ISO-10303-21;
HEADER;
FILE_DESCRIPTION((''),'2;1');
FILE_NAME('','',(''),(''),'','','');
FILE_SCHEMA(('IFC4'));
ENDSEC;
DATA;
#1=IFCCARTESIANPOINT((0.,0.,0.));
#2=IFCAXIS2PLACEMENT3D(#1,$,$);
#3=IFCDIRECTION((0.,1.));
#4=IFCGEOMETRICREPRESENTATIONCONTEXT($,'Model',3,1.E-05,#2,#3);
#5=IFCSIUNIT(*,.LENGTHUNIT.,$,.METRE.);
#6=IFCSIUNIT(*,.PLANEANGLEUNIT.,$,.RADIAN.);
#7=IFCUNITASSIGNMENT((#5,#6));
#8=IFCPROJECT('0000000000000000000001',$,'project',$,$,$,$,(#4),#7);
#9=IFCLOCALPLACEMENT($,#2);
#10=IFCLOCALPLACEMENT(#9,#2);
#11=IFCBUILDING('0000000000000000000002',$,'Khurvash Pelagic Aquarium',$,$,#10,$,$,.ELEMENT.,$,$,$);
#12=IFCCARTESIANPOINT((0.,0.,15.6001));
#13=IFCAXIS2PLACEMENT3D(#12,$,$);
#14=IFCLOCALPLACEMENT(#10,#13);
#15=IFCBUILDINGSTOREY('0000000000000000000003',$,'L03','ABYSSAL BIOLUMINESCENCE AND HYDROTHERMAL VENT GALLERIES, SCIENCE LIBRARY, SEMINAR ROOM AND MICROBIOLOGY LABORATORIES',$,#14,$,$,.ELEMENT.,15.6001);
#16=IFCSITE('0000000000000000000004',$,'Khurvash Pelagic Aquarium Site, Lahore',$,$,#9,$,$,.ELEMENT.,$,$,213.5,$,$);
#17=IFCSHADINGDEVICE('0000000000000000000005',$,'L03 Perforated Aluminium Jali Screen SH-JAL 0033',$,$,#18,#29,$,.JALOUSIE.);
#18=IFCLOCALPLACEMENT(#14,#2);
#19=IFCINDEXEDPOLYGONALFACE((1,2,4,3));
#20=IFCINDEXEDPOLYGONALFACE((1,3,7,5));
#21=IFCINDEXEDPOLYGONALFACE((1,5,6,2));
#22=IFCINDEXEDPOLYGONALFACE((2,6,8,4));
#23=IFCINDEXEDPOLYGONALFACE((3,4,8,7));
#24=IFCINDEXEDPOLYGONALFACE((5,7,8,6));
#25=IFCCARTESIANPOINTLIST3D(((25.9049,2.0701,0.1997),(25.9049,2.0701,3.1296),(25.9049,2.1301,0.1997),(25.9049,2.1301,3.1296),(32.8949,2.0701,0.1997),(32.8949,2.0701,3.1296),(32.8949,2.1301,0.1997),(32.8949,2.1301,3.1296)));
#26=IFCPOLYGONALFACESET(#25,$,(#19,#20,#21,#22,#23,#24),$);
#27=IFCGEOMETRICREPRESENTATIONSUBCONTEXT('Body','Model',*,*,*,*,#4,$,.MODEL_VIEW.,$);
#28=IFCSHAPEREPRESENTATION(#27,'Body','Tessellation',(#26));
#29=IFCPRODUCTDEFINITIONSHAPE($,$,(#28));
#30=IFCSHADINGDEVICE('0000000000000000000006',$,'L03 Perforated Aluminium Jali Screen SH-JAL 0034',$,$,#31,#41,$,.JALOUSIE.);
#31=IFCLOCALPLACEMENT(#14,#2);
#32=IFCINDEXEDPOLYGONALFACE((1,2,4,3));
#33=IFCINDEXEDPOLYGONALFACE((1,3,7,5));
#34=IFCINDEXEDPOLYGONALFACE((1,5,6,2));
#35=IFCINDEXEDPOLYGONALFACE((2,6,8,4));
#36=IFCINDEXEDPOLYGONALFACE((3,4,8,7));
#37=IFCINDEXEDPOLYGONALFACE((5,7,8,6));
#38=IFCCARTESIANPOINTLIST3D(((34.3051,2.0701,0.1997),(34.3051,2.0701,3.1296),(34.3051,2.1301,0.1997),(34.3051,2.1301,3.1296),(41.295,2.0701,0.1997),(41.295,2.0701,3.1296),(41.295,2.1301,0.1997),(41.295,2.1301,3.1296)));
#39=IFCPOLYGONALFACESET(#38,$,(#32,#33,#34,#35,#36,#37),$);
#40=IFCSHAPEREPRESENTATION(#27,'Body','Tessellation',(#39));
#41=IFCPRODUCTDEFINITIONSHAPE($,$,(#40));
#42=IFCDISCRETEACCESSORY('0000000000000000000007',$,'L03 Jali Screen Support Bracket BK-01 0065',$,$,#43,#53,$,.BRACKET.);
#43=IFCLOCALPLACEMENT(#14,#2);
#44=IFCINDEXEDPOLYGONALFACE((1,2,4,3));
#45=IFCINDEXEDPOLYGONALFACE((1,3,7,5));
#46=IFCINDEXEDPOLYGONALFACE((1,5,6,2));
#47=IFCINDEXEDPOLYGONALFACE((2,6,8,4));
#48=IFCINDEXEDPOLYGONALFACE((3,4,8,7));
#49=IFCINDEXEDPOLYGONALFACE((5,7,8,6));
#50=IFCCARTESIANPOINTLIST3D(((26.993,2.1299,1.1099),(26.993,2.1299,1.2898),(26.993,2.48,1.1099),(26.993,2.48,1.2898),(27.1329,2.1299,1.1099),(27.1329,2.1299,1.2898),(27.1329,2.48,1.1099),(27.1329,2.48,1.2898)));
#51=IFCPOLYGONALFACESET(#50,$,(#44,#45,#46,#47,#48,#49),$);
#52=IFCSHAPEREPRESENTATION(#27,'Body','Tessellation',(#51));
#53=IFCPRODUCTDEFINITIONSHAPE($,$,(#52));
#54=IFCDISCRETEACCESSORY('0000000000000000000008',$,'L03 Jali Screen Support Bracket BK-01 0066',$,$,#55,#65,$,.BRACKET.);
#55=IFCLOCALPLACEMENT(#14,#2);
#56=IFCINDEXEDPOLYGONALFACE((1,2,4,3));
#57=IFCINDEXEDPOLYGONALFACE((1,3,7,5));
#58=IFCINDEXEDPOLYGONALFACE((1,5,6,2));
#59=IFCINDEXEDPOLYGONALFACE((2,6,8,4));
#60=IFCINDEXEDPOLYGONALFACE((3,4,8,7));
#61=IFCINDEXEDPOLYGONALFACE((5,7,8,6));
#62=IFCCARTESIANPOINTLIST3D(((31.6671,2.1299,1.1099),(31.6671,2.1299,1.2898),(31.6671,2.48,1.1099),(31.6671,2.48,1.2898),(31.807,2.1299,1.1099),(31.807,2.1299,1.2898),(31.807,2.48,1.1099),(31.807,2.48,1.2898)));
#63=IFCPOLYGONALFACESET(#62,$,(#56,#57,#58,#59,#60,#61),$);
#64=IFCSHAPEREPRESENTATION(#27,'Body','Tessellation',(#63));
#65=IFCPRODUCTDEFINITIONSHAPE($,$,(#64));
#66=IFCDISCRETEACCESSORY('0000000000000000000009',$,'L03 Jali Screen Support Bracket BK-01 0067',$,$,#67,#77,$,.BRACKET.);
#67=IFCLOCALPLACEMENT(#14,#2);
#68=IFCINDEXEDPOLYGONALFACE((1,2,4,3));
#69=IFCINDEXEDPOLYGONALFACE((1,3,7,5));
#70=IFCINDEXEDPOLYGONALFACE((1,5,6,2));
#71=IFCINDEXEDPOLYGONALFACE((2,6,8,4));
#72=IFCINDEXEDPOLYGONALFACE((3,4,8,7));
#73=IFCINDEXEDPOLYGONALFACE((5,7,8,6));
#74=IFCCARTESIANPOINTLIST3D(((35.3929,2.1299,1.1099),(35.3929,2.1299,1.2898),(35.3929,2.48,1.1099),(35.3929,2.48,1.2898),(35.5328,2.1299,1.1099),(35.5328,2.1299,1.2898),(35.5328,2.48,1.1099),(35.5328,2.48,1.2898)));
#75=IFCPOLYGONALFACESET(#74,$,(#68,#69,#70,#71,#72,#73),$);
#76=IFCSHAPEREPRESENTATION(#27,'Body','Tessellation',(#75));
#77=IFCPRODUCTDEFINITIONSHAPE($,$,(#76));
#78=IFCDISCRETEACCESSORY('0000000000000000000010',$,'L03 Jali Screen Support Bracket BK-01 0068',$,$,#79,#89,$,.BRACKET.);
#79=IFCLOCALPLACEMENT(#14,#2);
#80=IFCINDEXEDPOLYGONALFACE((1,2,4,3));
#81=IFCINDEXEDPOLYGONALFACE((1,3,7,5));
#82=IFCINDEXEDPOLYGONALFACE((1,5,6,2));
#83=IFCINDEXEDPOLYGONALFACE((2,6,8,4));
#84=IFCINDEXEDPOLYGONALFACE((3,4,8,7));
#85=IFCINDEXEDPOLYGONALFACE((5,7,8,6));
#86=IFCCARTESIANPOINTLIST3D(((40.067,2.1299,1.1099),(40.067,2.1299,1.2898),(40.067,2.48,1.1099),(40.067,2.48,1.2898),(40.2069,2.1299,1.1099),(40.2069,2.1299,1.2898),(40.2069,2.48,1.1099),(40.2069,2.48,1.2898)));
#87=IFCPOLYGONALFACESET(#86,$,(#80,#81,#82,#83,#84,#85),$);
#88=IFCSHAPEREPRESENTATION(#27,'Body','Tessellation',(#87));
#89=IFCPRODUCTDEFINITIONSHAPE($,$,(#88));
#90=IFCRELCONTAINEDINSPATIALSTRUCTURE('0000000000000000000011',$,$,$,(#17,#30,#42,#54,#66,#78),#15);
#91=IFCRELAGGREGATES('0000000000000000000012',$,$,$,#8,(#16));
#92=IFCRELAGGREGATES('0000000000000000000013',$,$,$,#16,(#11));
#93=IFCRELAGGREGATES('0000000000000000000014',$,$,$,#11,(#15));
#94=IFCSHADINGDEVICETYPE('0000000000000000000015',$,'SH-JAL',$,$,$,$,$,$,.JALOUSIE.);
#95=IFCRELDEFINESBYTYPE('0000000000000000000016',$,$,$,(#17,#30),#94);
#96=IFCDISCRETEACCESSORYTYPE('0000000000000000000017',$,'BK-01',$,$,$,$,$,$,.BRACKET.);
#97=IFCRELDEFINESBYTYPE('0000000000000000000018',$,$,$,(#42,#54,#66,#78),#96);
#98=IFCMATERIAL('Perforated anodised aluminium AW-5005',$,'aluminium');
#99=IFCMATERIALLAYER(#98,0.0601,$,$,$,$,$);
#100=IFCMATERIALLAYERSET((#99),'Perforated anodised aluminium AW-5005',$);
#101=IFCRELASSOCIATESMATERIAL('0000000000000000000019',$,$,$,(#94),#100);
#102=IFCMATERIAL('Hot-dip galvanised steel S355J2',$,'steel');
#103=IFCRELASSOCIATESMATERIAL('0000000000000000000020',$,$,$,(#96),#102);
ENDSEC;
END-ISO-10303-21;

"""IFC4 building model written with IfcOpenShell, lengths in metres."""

from ifc_helpers import new_model, si_unit, direction, frame, origin, origin_2d, place, context, subcontext, project, spatial, rectangle, extrude, material, layer, layer_set, type_object, element, save


model = new_model("IFC4")

# Units and contexts
model_context = context("Model", 3, precision=1e-05, world=origin(), true_north=direction((0.0, 1.0)))
body_context = subcontext(model_context, "Body", "Model", "MODEL_VIEW")
ifc_project = project(units=[si_unit("LENGTHUNIT", "METRE"), si_unit("PLANEANGLEUNIT", "RADIAN")], contexts=[model_context])

# Site, building, storey
site_placement = place(None, origin())
site = spatial("IfcSite", under=ifc_project, at=site_placement, Name="Khurvash Pelagic Aquarium Site, Lahore", CompositionType="ELEMENT", RefElevation=213.5)
building_placement = place(site_placement, origin())
building = spatial("IfcBuilding", under=site, at=building_placement, Name="Khurvash Pelagic Aquarium", CompositionType="ELEMENT")
storey_placement = place(building_placement, frame((0.0, 0.0, 15.6001)))
storey = spatial("IfcBuildingStorey", under=building, at=storey_placement, Name="L03", Description="ABYSSAL BIOLUMINESCENCE AND HYDROTHERMAL VENT GALLERIES, SCIENCE LIBRARY, SEMINAR ROOM AND MICROBIOLOGY LABORATORIES", CompositionType="ELEMENT", Elevation=15.6001)

# Shading devices
ifc_material_1 = material(Name="Perforated anodised aluminium AW-5005", Category="aluminium")
ifc_layer_1 = layer(ifc_material_1, 0.0601)
ifc_layer_set_1 = layer_set([ifc_layer_1], Name="Perforated anodised aluminium AW-5005")
shading_device_type = type_object("IfcShadingDeviceType", Name="SH-JAL", PredefinedType="JALOUSIE", material=ifc_layer_set_1)
for number, where, z_axis, x_axis, name in (
    (1, (29.3999, 2.1001, 0.1997), (0.0, 0.0, 1.0), (1.0, 0.0, 0.0), "L03 Perforated Aluminium Jali Screen SH-JAL 0033"),
    (2, (37.8, 2.1001, 0.1997), (0.0, 0.0, 1.0), (1.0, 0.0, 0.0), "L03 Perforated Aluminium Jali Screen SH-JAL 0034"),
):
    element("IfcShadingDevice", number, at=place(storey_placement, frame(where, z_axis=z_axis, x_axis=x_axis)), inside=storey, type_object=shading_device_type, Name=name, PredefinedType="JALOUSIE", context=body_context, shape_type="SweptSolid", body=[
        extrude(rectangle(XDim=6.99, YDim=0.0601, at=origin_2d()), origin(), (0.0, 0.0, 1.0), 2.9299),
    ])

# Discrete accessories
ifc_material_2 = material(Name="Hot-dip galvanised steel S355J2", Category="steel")
discrete_accessory_type = type_object("IfcDiscreteAccessoryType", Name="BK-01", PredefinedType="BRACKET", material=ifc_material_2)
for number, where, z_axis, x_axis, name in (
    (3, (27.063, 2.3049, 1.1099), (0.0, 0.0, 1.0), (1.0, 0.0, 0.0), "L03 Jali Screen Support Bracket BK-01 0065"),
    (4, (31.7371, 2.3049, 1.1099), (0.0, 0.0, 1.0), (1.0, 0.0, 0.0), "L03 Jali Screen Support Bracket BK-01 0066"),
    (5, (35.4629, 2.3049, 1.1099), (0.0, 0.0, 1.0), (1.0, 0.0, 0.0), "L03 Jali Screen Support Bracket BK-01 0067"),
    (6, (40.137, 2.3049, 1.1099), (0.0, 0.0, 1.0), (1.0, 0.0, 0.0), "L03 Jali Screen Support Bracket BK-01 0068"),
):
    element("IfcDiscreteAccessory", number, at=place(storey_placement, frame(where, z_axis=z_axis, x_axis=x_axis)), inside=storey, type_object=discrete_accessory_type, Name=name, PredefinedType="BRACKET", context=body_context, shape_type="SweptSolid", body=[
        extrude(rectangle(XDim=0.1399, YDim=0.3501, at=origin_2d()), origin(), (0.0, 0.0, 1.0), 0.1799),
    ])

save(model, "model.ifc")
